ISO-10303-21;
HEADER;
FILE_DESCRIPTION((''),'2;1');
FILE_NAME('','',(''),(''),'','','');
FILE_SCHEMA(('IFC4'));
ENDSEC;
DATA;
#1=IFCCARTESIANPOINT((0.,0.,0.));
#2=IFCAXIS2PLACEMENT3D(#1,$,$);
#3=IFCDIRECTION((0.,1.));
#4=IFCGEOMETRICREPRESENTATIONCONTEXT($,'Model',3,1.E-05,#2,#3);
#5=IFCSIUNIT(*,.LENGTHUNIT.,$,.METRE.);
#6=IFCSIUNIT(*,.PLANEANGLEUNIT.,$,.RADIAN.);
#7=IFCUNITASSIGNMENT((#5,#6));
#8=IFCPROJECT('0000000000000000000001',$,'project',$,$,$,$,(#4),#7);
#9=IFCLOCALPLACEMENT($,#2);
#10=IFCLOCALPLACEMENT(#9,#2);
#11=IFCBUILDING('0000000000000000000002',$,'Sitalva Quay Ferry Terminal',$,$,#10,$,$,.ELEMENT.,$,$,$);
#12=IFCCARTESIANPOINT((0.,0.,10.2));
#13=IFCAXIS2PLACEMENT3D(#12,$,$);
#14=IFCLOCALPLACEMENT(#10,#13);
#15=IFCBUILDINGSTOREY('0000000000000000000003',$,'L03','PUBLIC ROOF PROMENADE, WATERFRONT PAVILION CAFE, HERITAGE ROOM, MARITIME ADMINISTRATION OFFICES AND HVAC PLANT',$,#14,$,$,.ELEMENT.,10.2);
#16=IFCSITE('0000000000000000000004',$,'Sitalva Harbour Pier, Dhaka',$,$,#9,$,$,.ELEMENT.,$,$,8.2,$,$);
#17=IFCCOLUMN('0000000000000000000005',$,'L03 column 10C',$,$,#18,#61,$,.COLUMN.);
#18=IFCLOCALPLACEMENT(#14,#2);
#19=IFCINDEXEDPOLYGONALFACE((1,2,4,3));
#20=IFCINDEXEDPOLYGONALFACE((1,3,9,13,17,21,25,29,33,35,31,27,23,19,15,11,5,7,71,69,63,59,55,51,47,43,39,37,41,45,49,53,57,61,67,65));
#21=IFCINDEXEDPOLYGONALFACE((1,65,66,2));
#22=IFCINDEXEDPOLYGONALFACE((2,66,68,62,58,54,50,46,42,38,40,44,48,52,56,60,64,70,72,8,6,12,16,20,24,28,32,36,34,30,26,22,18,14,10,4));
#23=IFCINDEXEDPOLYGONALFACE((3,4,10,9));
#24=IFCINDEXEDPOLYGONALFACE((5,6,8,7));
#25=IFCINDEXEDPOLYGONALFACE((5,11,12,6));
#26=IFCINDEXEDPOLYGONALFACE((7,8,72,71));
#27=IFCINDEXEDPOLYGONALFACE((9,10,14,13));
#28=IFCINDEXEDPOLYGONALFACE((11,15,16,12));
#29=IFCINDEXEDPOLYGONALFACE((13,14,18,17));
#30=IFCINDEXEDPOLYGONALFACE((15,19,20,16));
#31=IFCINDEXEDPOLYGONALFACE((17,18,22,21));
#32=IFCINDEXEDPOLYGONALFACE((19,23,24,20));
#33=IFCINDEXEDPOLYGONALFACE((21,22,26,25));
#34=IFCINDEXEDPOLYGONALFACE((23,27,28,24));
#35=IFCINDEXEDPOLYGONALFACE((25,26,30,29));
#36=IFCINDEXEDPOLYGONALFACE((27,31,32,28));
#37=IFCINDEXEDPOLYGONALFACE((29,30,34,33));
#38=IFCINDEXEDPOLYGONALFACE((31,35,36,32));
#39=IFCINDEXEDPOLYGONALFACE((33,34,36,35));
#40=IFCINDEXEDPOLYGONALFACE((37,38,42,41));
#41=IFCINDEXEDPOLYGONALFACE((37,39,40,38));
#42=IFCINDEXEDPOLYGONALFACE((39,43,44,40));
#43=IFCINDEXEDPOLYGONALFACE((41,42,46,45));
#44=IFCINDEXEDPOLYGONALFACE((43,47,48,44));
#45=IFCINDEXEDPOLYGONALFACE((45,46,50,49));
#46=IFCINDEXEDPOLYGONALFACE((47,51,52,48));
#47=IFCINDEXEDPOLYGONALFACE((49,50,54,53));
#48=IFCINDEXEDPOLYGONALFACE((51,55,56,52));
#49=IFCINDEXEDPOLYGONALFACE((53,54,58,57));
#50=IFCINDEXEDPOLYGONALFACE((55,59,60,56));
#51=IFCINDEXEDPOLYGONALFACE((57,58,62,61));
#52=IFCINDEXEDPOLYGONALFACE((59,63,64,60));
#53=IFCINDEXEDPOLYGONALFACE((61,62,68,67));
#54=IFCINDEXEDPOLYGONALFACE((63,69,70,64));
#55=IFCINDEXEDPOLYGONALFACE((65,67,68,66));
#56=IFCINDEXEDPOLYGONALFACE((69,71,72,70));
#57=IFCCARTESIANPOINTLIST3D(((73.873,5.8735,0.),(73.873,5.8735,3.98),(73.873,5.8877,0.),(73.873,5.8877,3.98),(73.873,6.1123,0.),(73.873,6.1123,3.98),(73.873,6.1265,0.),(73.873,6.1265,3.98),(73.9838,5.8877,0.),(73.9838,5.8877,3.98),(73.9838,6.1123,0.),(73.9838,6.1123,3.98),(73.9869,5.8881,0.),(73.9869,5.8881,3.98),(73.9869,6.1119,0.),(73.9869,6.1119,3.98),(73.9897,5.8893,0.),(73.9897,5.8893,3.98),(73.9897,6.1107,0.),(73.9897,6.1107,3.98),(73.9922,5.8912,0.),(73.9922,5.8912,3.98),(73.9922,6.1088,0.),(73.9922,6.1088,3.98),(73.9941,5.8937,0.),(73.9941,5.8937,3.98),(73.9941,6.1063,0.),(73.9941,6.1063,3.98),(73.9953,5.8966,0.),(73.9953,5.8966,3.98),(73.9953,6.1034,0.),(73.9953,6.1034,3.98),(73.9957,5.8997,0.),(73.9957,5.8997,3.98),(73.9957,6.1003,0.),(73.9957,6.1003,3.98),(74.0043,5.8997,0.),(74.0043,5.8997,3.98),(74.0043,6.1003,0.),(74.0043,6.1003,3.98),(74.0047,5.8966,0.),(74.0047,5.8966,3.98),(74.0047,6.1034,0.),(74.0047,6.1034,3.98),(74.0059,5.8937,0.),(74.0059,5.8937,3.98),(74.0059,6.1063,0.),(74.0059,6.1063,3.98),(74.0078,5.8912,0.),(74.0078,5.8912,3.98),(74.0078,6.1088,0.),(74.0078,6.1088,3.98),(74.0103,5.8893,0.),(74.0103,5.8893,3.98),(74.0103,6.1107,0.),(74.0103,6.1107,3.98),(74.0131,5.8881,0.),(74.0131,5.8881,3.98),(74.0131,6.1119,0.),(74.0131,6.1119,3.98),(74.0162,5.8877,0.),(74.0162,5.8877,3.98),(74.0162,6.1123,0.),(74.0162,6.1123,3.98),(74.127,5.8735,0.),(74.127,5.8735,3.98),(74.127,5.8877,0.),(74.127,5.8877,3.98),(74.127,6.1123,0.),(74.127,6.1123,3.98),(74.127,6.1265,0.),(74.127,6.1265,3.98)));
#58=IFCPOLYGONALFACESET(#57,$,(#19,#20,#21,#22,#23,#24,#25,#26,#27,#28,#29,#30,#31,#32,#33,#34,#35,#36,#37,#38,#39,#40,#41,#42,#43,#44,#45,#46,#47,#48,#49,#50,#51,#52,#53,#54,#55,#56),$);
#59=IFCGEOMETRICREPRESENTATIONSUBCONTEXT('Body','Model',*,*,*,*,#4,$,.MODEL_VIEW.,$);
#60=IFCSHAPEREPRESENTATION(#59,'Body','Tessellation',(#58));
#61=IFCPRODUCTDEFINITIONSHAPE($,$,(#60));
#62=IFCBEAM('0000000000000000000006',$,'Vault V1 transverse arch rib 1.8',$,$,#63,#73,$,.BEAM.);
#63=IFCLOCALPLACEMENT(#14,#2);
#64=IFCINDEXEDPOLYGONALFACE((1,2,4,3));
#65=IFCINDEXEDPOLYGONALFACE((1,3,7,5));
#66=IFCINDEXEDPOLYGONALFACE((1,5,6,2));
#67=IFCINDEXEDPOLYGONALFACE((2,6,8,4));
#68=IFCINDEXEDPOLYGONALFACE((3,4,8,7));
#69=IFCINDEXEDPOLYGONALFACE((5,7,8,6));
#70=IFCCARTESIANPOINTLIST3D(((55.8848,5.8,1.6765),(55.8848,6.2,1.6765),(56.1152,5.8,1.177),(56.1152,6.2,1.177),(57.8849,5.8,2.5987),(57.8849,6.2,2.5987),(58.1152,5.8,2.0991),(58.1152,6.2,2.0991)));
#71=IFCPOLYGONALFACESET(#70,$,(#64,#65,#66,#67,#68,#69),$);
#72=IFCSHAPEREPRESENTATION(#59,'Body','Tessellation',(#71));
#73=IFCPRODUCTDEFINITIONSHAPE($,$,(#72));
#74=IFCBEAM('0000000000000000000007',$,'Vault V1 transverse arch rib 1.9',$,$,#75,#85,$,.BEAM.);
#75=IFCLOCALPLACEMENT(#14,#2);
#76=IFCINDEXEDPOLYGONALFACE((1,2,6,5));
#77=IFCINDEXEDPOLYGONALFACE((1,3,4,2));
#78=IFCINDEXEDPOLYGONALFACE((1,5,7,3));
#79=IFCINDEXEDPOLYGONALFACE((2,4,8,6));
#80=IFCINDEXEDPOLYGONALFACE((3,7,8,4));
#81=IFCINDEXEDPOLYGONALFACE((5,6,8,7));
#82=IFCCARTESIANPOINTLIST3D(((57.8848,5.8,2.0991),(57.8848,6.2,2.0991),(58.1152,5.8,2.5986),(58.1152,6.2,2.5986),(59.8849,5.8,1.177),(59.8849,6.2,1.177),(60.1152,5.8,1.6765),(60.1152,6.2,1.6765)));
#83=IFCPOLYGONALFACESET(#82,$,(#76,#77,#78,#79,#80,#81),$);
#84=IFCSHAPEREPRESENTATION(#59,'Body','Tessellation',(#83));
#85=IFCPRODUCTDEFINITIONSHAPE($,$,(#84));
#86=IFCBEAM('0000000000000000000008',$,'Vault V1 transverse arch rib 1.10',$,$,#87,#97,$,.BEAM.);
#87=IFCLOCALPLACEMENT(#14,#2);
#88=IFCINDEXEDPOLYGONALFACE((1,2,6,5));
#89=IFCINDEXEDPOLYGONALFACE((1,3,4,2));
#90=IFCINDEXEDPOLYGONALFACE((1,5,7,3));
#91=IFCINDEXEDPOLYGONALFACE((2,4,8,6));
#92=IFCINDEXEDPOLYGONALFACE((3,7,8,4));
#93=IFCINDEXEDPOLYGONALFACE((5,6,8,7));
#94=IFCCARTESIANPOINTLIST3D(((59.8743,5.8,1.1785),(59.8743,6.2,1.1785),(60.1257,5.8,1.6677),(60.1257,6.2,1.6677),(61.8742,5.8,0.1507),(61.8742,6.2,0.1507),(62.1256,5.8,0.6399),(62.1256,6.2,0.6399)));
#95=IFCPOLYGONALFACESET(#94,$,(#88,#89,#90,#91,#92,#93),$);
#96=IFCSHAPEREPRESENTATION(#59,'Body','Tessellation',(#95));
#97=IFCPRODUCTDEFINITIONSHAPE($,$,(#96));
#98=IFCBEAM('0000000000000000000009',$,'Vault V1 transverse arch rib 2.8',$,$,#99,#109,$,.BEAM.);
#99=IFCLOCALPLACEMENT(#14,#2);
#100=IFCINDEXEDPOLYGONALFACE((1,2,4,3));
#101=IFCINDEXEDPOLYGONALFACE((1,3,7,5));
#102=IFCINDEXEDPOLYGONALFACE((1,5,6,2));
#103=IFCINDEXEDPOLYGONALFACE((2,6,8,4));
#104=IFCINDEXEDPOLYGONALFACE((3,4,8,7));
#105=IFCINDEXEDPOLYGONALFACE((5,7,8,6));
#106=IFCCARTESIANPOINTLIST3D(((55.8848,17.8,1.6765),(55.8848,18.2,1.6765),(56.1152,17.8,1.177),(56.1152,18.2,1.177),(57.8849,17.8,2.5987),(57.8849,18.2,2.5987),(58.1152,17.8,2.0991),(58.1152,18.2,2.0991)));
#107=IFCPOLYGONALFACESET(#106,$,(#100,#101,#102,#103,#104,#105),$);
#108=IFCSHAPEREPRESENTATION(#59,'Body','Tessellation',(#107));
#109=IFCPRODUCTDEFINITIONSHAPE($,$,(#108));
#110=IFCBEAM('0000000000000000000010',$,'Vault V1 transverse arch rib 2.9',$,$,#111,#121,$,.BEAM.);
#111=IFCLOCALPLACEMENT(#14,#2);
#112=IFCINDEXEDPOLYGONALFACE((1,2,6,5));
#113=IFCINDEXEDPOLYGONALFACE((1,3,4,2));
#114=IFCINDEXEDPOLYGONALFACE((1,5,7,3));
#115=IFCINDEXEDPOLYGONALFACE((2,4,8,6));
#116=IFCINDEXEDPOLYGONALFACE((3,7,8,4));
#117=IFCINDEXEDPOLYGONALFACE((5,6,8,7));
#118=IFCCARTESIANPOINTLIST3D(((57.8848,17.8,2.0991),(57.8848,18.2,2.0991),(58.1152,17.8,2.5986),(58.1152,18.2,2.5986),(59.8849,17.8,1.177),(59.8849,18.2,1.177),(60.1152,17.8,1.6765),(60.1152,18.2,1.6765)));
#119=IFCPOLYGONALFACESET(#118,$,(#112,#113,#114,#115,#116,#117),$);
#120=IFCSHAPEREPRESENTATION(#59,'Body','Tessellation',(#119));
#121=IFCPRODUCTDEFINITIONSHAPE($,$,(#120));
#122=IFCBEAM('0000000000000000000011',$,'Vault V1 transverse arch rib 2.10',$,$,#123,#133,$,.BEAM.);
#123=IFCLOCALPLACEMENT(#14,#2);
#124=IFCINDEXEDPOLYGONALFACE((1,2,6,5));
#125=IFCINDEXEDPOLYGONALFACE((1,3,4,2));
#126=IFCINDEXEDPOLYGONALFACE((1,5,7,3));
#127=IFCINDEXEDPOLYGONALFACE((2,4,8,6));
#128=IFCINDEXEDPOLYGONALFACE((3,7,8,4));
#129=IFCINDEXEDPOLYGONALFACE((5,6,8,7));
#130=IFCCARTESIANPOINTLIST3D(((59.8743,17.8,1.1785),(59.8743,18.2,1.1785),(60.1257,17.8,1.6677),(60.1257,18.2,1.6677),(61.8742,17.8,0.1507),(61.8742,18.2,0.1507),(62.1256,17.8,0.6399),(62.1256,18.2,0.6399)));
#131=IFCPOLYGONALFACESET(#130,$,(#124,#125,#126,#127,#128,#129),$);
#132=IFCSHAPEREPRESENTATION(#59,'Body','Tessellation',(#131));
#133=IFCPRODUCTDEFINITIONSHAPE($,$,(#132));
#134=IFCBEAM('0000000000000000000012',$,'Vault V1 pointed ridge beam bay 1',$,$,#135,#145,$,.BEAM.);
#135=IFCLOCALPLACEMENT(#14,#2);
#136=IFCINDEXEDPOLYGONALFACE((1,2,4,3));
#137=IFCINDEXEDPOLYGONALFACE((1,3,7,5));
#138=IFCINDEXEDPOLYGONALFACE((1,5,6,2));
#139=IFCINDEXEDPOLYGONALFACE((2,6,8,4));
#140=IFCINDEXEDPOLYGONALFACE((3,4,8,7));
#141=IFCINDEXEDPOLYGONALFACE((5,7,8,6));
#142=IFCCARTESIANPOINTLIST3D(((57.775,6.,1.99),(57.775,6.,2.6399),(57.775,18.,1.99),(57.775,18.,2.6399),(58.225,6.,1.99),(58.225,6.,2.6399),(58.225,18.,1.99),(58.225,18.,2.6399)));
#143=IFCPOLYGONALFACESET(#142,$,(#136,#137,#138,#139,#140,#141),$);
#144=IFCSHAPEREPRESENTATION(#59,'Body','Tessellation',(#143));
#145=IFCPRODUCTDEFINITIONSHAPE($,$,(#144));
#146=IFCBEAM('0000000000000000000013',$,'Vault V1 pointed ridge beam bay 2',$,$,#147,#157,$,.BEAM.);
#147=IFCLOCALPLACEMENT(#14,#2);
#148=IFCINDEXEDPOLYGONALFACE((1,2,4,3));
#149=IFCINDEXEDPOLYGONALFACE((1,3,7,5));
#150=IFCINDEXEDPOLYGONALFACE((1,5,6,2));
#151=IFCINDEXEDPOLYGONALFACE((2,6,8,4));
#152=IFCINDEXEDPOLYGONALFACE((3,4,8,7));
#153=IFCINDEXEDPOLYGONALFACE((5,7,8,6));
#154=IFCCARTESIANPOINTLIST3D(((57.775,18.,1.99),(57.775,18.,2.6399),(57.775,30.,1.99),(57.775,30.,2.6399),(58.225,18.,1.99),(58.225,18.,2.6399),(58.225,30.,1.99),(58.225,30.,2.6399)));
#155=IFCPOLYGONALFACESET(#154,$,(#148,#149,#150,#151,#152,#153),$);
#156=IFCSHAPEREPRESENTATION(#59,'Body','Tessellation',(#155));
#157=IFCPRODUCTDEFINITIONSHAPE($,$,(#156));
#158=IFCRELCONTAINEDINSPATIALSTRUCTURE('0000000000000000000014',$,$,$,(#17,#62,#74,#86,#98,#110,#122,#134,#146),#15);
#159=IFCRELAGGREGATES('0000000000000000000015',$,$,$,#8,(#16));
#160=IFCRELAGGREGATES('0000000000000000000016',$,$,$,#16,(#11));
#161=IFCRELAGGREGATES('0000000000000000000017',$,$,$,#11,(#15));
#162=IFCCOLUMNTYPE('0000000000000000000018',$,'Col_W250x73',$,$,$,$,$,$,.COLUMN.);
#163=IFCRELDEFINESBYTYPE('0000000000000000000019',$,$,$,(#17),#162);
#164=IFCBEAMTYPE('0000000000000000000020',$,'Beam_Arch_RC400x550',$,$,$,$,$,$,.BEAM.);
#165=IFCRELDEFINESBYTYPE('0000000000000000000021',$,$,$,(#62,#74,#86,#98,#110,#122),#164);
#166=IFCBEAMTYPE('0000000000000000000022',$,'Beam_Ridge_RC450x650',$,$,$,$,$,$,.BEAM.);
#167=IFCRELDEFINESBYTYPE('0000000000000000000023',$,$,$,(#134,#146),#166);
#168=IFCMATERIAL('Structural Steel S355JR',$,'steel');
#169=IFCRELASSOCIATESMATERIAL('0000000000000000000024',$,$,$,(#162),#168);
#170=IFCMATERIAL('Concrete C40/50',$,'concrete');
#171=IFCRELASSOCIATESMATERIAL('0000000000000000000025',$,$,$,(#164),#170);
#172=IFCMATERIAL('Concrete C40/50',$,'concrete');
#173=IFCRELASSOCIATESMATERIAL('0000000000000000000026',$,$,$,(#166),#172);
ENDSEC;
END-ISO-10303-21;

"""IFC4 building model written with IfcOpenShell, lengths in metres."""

from ifc_helpers import new_model, si_unit, direction, frame, origin, origin_2d, place, context, subcontext, project, spatial, rectangle, i_section, extrude, material, material_profile, profile_set, type_object, element, save


model = new_model("IFC4")

# Units and contexts
model_context = context("Model", 3, precision=1e-05, world=origin(), true_north=direction((0.0, 1.0)))
body_context = subcontext(model_context, "Body", "Model", "MODEL_VIEW")
ifc_project = project(units=[si_unit("LENGTHUNIT", "METRE"), si_unit("PLANEANGLEUNIT", "RADIAN")], contexts=[model_context])

# Site, building, storey
site_placement = place(None, origin())
site = spatial("IfcSite", under=ifc_project, at=site_placement, Name="Sitalva Harbour Pier, Dhaka", CompositionType="ELEMENT", RefElevation=8.2)
building_placement = place(site_placement, origin())
building = spatial("IfcBuilding", under=site, at=building_placement, Name="Sitalva Quay Ferry Terminal", CompositionType="ELEMENT")
storey_placement = place(building_placement, frame((0.0, 0.0, 10.2)))
storey = spatial("IfcBuildingStorey", under=building, at=storey_placement, Name="L03", Description="PUBLIC ROOF PROMENADE, WATERFRONT PAVILION CAFE, HERITAGE ROOM, MARITIME ADMINISTRATION OFFICES AND HVAC PLANT", CompositionType="ELEMENT", Elevation=10.2)

# Column
ifc_material_1 = material(Name="Structural Steel S355JR", Category="steel")
ifc_material_profile_1 = material_profile(ifc_material_1, i_section(OverallWidth=0.2539, OverallDepth=0.2529, WebThickness=0.0085, FlangeThickness=0.0142, FilletRadius=0.012, at=origin_2d()), Name="W250x73")
ifc_profile_set_1 = profile_set([ifc_material_profile_1], Name="Structural Steel S355JR")
column_type = type_object("IfcColumnType", Name="Col_W250x73", PredefinedType="COLUMN", material=ifc_profile_set_1)
column_placement = place(storey_placement, frame((74.0, 6.0, 0.0), z_axis=(0.0, 0.0, 1.0), x_axis=(1.0, 0.0, 0.0)))
element("IfcColumn", 1, at=column_placement, inside=storey, type_object=column_type, Name="L03 column 10C", PredefinedType="COLUMN", context=body_context, shape_type="SweptSolid", body=[
    extrude(i_section(OverallWidth=0.2539, OverallDepth=0.2529, WebThickness=0.0085, FlangeThickness=0.0142, FilletRadius=0.012, at=origin_2d()), origin(), (0.0, 0.0, 1.0), 3.98),
])

# Beams
ifc_material_2 = material(Name="Concrete C40/50", Category="concrete")
ifc_material_profile_2 = material_profile(ifc_material_2, rectangle(XDim=0.3999, YDim=0.55, at=origin_2d()), Name="RC400x550")
ifc_profile_set_2 = profile_set([ifc_material_profile_2], Name="Concrete C40/50")
beam_type_1 = type_object("IfcBeamType", Name="Beam_Arch_RC400x550", PredefinedType="BEAM", material=ifc_profile_set_2)
for number, where, z_axis, x_axis, name in (
    (2, (56.0, 6.0, 1.4268), (0.908125, 0.0, 0.4187), (0.0, 1.0, 0.0), "Vault V1 transverse arch rib 1.8"),
    (3, (58.0, 6.0, 2.3489), (0.908125, 0.0, -0.4187), (0.0, 1.0, 0.0), "Vault V1 transverse arch rib 1.9"),
):
    element("IfcBeam", number, at=place(storey_placement, frame(where, z_axis=z_axis, x_axis=x_axis)), inside=storey, type_object=beam_type_1, Name=name, PredefinedType="BEAM", context=body_context, shape_type="SweptSolid", body=[
        extrude(rectangle(XDim=0.3999, YDim=0.55, at=origin_2d()), origin(), (0.0, 0.0, 1.0), 2.2024),
    ])
beam_1_placement = place(storey_placement, frame((60.0, 6.0, 1.4231), z_axis=(0.889421, 0.0, -0.457088), x_axis=(0.0, 1.0, 0.0)))
element("IfcBeam", 4, at=beam_1_placement, inside=storey, type_object=beam_type_1, Name="Vault V1 transverse arch rib 1.10", PredefinedType="BEAM", context=body_context, shape_type="SweptSolid", body=[
    extrude(rectangle(XDim=0.3999, YDim=0.55, at=origin_2d()), origin(), (0.0, 0.0, 1.0), 2.2485),
])
for number, where, z_axis, x_axis, name in (
    (5, (56.0, 18.0, 1.4268), (0.908125, 0.0, 0.4187), (0.0, 1.0, 0.0), "Vault V1 transverse arch rib 2.8"),
    (6, (58.0, 18.0, 2.3489), (0.908125, 0.0, -0.4187), (0.0, 1.0, 0.0), "Vault V1 transverse arch rib 2.9"),
):
    element("IfcBeam", number, at=place(storey_placement, frame(where, z_axis=z_axis, x_axis=x_axis)), inside=storey, type_object=beam_type_1, Name=name, PredefinedType="BEAM", context=body_context, shape_type="SweptSolid", body=[
        extrude(rectangle(XDim=0.3999, YDim=0.55, at=origin_2d()), origin(), (0.0, 0.0, 1.0), 2.2024),
    ])
beam_2_placement = place(storey_placement, frame((60.0, 18.0, 1.4231), z_axis=(0.889421, 0.0, -0.457088), x_axis=(0.0, 1.0, 0.0)))
element("IfcBeam", 7, at=beam_2_placement, inside=storey, type_object=beam_type_1, Name="Vault V1 transverse arch rib 2.10", PredefinedType="BEAM", context=body_context, shape_type="SweptSolid", body=[
    extrude(rectangle(XDim=0.3999, YDim=0.55, at=origin_2d()), origin(), (0.0, 0.0, 1.0), 2.2485),
])
ifc_material_3 = material(Name="Concrete C40/50", Category="concrete")
ifc_material_profile_3 = material_profile(ifc_material_3, rectangle(XDim=0.45, YDim=0.6499, at=origin_2d()), Name="RC450x650")
ifc_profile_set_3 = profile_set([ifc_material_profile_3], Name="Concrete C40/50")
beam_type_2 = type_object("IfcBeamType", Name="Beam_Ridge_RC450x650", PredefinedType="BEAM", material=ifc_profile_set_3)
for number, where, z_axis, x_axis, name in (
    (8, (58.0, 6.0, 2.3149), (0.0, 1.0, 0.0), (-1.0, 0.0, 0.0), "Vault V1 pointed ridge beam bay 1"),
    (9, (58.0, 18.0, 2.3149), (0.0, 1.0, 0.0), (-1.0, 0.0, 0.0), "Vault V1 pointed ridge beam bay 2"),
):
    element("IfcBeam", number, at=place(storey_placement, frame(where, z_axis=z_axis, x_axis=x_axis)), inside=storey, type_object=beam_type_2, Name=name, PredefinedType="BEAM", context=body_context, shape_type="SweptSolid", body=[
        extrude(rectangle(XDim=0.45, YDim=0.6499, at=origin_2d()), origin(), (0.0, 0.0, 1.0), 12.0),
    ])

save(model, "model.ifc")
